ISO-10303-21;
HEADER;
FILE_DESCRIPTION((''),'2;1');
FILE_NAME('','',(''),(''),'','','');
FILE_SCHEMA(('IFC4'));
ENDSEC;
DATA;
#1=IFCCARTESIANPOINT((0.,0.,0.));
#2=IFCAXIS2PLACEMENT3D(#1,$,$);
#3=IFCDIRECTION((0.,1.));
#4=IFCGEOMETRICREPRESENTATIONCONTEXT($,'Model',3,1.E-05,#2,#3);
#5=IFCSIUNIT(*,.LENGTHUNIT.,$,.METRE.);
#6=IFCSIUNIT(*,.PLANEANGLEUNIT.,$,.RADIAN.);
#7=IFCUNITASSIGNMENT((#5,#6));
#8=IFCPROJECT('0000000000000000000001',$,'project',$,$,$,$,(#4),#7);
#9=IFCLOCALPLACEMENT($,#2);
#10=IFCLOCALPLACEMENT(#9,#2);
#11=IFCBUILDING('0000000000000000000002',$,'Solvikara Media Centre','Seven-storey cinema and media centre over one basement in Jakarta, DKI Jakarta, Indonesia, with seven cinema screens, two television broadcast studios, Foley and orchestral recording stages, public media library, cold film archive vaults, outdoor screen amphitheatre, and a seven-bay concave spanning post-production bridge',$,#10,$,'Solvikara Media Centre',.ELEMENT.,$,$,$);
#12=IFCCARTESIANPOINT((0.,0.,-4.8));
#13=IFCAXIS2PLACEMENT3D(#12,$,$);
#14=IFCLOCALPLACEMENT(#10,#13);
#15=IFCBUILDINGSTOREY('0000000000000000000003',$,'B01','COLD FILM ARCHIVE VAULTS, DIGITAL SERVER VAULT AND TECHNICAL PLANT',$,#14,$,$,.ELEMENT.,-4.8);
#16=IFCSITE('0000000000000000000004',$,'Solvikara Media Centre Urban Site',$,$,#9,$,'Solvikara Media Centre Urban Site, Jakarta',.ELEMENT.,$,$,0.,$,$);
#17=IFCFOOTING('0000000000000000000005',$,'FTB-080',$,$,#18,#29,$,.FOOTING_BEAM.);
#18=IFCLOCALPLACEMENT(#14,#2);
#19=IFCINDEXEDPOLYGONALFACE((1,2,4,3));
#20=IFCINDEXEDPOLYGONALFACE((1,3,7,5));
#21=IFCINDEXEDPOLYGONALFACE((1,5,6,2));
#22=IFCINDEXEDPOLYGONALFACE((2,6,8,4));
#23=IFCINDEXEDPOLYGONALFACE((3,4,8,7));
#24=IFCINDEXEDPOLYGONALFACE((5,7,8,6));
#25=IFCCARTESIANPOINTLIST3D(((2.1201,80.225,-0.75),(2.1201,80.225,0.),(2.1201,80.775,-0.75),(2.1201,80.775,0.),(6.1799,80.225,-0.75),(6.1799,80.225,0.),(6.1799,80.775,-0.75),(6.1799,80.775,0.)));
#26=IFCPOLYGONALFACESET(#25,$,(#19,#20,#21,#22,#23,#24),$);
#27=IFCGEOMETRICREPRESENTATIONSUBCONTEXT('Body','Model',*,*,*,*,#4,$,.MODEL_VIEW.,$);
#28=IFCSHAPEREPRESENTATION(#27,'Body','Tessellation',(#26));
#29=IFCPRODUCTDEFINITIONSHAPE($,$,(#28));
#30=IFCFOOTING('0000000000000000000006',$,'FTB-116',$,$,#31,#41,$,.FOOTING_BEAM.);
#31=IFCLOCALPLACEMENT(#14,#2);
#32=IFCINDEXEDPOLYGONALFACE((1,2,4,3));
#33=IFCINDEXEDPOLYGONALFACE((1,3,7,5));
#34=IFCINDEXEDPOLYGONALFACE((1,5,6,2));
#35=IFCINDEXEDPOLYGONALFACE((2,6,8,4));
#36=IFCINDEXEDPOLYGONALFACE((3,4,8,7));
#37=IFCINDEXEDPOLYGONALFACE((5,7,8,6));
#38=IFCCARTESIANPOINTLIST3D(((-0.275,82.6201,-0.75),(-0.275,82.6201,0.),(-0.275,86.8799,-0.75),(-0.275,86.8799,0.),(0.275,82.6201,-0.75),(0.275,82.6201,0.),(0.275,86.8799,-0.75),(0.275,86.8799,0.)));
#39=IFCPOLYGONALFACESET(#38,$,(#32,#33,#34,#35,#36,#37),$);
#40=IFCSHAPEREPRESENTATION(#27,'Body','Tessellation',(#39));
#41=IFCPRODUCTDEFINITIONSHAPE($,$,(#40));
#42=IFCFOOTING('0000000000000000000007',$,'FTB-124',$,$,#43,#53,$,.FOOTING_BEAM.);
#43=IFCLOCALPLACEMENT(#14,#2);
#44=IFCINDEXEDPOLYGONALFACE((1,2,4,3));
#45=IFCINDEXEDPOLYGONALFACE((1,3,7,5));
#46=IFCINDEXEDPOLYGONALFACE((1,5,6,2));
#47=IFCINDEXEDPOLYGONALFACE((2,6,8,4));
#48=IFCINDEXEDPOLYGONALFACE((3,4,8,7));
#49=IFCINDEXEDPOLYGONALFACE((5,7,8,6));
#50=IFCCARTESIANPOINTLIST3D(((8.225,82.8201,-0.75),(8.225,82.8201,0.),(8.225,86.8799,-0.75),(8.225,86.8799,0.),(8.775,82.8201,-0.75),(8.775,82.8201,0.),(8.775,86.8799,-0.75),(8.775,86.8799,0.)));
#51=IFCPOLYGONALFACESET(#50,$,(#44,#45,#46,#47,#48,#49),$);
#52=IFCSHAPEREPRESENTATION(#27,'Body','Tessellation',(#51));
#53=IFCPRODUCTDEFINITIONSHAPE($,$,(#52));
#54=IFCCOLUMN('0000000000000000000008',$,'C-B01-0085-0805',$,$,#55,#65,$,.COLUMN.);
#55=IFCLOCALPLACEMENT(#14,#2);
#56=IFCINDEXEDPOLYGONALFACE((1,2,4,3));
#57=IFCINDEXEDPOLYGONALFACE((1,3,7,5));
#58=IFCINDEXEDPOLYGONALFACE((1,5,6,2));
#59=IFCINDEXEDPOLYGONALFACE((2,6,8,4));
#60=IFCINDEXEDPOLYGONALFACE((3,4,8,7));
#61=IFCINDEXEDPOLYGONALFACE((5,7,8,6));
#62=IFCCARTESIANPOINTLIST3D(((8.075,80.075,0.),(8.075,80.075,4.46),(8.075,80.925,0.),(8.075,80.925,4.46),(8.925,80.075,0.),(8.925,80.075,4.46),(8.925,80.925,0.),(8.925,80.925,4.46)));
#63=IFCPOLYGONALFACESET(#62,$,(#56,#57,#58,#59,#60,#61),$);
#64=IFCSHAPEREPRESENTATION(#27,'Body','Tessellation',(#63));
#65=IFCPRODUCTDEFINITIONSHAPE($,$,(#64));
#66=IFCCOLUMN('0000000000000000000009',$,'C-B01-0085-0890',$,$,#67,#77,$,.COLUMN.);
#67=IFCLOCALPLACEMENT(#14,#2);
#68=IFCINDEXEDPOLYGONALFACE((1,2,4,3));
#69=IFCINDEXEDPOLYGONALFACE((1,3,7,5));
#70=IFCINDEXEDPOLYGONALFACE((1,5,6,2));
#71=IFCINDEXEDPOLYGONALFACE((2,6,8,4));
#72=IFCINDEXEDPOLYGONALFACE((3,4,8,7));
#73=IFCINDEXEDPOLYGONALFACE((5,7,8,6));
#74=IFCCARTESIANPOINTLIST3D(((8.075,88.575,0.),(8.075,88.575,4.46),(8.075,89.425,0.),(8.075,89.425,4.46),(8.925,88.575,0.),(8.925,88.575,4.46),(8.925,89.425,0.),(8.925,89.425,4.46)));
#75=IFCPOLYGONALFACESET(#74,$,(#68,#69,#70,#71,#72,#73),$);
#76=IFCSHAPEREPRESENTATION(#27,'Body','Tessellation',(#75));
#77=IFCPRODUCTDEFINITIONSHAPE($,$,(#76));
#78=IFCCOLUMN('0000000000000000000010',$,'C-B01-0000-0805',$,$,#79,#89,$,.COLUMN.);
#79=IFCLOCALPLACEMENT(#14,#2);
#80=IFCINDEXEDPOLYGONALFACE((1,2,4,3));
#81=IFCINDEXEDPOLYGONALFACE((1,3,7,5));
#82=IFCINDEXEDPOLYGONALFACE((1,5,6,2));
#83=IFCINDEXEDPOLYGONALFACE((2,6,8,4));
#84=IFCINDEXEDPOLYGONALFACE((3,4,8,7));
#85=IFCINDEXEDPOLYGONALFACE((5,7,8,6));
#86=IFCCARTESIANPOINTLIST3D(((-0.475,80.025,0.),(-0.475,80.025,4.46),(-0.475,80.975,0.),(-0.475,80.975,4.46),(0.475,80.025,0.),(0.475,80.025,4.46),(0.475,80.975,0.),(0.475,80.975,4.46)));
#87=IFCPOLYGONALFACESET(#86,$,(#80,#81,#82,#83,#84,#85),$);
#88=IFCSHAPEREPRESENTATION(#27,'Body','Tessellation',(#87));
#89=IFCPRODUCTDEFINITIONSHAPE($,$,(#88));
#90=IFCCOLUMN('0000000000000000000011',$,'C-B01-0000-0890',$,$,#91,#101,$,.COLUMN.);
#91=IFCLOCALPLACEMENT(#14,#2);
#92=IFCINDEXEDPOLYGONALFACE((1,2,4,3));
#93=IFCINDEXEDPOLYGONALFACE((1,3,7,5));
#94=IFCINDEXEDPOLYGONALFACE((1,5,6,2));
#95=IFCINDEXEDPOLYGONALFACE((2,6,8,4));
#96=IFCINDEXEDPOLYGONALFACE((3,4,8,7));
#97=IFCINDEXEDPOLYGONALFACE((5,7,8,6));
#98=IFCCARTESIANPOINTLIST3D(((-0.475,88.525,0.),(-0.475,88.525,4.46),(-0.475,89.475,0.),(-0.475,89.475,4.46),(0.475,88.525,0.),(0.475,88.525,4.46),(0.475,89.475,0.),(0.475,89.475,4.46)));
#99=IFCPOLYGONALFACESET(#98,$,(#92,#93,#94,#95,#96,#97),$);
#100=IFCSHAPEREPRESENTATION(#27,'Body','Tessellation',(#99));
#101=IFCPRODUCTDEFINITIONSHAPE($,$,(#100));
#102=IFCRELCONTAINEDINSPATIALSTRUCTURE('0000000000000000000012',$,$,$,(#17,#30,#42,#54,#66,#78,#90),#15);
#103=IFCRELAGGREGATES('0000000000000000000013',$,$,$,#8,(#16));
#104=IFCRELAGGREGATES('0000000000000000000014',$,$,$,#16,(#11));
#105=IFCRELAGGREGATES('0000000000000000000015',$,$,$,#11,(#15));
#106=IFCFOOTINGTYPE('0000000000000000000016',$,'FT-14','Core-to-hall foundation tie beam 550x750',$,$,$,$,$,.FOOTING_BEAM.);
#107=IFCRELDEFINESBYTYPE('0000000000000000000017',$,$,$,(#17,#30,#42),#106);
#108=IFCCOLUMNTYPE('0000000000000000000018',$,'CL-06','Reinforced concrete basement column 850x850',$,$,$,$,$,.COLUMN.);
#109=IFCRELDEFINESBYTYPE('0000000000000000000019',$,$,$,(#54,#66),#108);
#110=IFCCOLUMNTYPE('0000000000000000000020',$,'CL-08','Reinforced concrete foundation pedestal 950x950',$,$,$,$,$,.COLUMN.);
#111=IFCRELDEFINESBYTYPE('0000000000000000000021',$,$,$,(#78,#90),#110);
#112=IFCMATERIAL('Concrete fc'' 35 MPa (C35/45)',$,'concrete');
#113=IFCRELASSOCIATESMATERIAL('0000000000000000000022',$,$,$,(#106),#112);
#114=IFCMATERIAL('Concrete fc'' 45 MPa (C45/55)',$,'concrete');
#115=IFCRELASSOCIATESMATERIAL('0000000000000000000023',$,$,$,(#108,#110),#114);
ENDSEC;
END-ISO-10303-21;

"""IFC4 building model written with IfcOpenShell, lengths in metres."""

from ifc_helpers import new_model, si_unit, direction, frame, origin, origin_2d, place, context, subcontext, project, spatial, rectangle, extrude, material, material_profile, profile_set, type_object, element, save


model = new_model("IFC4")

# Units and contexts
model_context = context("Model", 3, precision=1e-05, world=origin(), true_north=direction((0.0, 1.0)))
body_context = subcontext(model_context, "Body", "Model", "MODEL_VIEW")
ifc_project = project(units=[si_unit("LENGTHUNIT", "METRE"), si_unit("PLANEANGLEUNIT", "RADIAN")], contexts=[model_context])

# Site, building, storey
site_placement = place(None, origin())
site = spatial("IfcSite", under=ifc_project, at=site_placement, Name="Solvikara Media Centre Urban Site", LongName="Solvikara Media Centre Urban Site, Jakarta", CompositionType="ELEMENT", RefElevation=0.0)
building_placement = place(site_placement, origin())
building = spatial("IfcBuilding", under=site, at=building_placement, Name="Solvikara Media Centre", Description="Seven-storey cinema and media centre over one basement in Jakarta, DKI Jakarta, Indonesia, with seven cinema screens, two television broadcast studios, Foley and orchestral recording stages, public media library, cold film archive vaults, outdoor screen amphitheatre, and a seven-bay concave spanning post-production bridge", LongName="Solvikara Media Centre", CompositionType="ELEMENT")
storey_placement = place(building_placement, frame((0.0, 0.0, -4.8)))
storey = spatial("IfcBuildingStorey", under=building, at=storey_placement, Name="B01", Description="COLD FILM ARCHIVE VAULTS, DIGITAL SERVER VAULT AND TECHNICAL PLANT", CompositionType="ELEMENT", Elevation=-4.8)

# Shared definitions
ifc_material_1 = material(Name="Concrete fc' 35 MPa (C35/45)", Category="concrete")

# Footings
ifc_material_profile_1 = material_profile(ifc_material_1, rectangle(XDim=0.55, YDim=0.75, at=origin_2d()), Name="RC 550x750")
ifc_profile_set_1 = profile_set([ifc_material_profile_1], Name="Concrete fc' 35 MPa (C35/45)")
footing_type_1 = type_object("IfcFootingType", Name="FT-14", Description="Core-to-hall foundation tie beam 550x750", PredefinedType="FOOTING_BEAM", material=ifc_profile_set_1)
footing_1_placement = place(storey_placement, frame((2.1201, 80.5, -0.375), z_axis=(1.0, 0.0, 0.0), x_axis=(0.0, 1.0, 0.0)))
element("IfcFooting", 1, at=footing_1_placement, inside=storey, type_object=footing_type_1, Name="FTB-080", PredefinedType="FOOTING_BEAM", context=body_context, shape_type="SweptSolid", body=[
    extrude(rectangle(XDim=0.55, YDim=0.75, at=origin_2d()), origin(), (0.0, 0.0, 1.0), 4.0598),
])
footing_2_placement = place(storey_placement, frame((0.0, 82.6201, -0.375), z_axis=(0.0, 1.0, 0.0), x_axis=(-1.0, 0.0, 0.0)))
element("IfcFooting", 2, at=footing_2_placement, inside=storey, type_object=footing_type_1, Name="FTB-116", PredefinedType="FOOTING_BEAM", context=body_context, shape_type="SweptSolid", body=[
    extrude(rectangle(XDim=0.55, YDim=0.75, at=origin_2d()), origin(), (0.0, 0.0, 1.0), 4.2598),
])
footing_3_placement = place(storey_placement, frame((8.5, 82.8201, -0.375), z_axis=(0.0, 1.0, 0.0), x_axis=(-1.0, 0.0, 0.0)))
element("IfcFooting", 3, at=footing_3_placement, inside=storey, type_object=footing_type_1, Name="FTB-124", PredefinedType="FOOTING_BEAM", context=body_context, shape_type="SweptSolid", body=[
    extrude(rectangle(XDim=0.55, YDim=0.75, at=origin_2d()), origin(), (0.0, 0.0, 1.0), 4.0598),
])

# Columns
ifc_material_2 = material(Name="Concrete fc' 45 MPa (C45/55)", Category="concrete")
ifc_material_profile_2 = material_profile(ifc_material_2, rectangle(XDim=0.8501, YDim=0.8501, at=origin_2d()), Name="RC 850x850")
ifc_profile_set_2 = profile_set([ifc_material_profile_2], Name="Concrete fc' 45 MPa (C45/55)")
column_type_1 = type_object("IfcColumnType", Name="CL-06", Description="Reinforced concrete basement column 850x850", PredefinedType="COLUMN", material=ifc_profile_set_2)
for number, where, z_axis, x_axis, name in (
    (4, (8.5, 80.5, 0.0), (0.0, 0.0, 1.0), (1.0, 0.0, 0.0), "C-B01-0085-0805"),
    (5, (8.5, 89.0, 0.0), (0.0, 0.0, 1.0), (1.0, 0.0, 0.0), "C-B01-0085-0890"),
):
    element("IfcColumn", number, at=place(storey_placement, frame(where, z_axis=z_axis, x_axis=x_axis)), inside=storey, type_object=column_type_1, Name=name, PredefinedType="COLUMN", context=body_context, shape_type="SweptSolid", body=[
        extrude(rectangle(XDim=0.8501, YDim=0.8501, at=origin_2d()), origin(), (0.0, 0.0, 1.0), 4.46),
    ])
ifc_material_profile_3 = material_profile(ifc_material_2, rectangle(XDim=0.95, YDim=0.95, at=origin_2d()), Name="RC 950x950")
ifc_profile_set_3 = profile_set([ifc_material_profile_3], Name="Concrete fc' 45 MPa (C45/55)")
column_type_2 = type_object("IfcColumnType", Name="CL-08", Description="Reinforced concrete foundation pedestal 950x950", PredefinedType="COLUMN", material=ifc_profile_set_3)
for number, where, z_axis, x_axis, name in (
    (6, (0.0, 80.5, 0.0), (0.0, 0.0, 1.0), (1.0, 0.0, 0.0), "C-B01-0000-0805"),
    (7, (0.0, 89.0, 0.0), (0.0, 0.0, 1.0), (1.0, 0.0, 0.0), "C-B01-0000-0890"),
):
    element("IfcColumn", number, at=place(storey_placement, frame(where, z_axis=z_axis, x_axis=x_axis)), inside=storey, type_object=column_type_2, Name=name, PredefinedType="COLUMN", context=body_context, shape_type="SweptSolid", body=[
        extrude(rectangle(XDim=0.95, YDim=0.95, at=origin_2d()), origin(), (0.0, 0.0, 1.0), 4.46),
    ])

save(model, "model.ifc")
